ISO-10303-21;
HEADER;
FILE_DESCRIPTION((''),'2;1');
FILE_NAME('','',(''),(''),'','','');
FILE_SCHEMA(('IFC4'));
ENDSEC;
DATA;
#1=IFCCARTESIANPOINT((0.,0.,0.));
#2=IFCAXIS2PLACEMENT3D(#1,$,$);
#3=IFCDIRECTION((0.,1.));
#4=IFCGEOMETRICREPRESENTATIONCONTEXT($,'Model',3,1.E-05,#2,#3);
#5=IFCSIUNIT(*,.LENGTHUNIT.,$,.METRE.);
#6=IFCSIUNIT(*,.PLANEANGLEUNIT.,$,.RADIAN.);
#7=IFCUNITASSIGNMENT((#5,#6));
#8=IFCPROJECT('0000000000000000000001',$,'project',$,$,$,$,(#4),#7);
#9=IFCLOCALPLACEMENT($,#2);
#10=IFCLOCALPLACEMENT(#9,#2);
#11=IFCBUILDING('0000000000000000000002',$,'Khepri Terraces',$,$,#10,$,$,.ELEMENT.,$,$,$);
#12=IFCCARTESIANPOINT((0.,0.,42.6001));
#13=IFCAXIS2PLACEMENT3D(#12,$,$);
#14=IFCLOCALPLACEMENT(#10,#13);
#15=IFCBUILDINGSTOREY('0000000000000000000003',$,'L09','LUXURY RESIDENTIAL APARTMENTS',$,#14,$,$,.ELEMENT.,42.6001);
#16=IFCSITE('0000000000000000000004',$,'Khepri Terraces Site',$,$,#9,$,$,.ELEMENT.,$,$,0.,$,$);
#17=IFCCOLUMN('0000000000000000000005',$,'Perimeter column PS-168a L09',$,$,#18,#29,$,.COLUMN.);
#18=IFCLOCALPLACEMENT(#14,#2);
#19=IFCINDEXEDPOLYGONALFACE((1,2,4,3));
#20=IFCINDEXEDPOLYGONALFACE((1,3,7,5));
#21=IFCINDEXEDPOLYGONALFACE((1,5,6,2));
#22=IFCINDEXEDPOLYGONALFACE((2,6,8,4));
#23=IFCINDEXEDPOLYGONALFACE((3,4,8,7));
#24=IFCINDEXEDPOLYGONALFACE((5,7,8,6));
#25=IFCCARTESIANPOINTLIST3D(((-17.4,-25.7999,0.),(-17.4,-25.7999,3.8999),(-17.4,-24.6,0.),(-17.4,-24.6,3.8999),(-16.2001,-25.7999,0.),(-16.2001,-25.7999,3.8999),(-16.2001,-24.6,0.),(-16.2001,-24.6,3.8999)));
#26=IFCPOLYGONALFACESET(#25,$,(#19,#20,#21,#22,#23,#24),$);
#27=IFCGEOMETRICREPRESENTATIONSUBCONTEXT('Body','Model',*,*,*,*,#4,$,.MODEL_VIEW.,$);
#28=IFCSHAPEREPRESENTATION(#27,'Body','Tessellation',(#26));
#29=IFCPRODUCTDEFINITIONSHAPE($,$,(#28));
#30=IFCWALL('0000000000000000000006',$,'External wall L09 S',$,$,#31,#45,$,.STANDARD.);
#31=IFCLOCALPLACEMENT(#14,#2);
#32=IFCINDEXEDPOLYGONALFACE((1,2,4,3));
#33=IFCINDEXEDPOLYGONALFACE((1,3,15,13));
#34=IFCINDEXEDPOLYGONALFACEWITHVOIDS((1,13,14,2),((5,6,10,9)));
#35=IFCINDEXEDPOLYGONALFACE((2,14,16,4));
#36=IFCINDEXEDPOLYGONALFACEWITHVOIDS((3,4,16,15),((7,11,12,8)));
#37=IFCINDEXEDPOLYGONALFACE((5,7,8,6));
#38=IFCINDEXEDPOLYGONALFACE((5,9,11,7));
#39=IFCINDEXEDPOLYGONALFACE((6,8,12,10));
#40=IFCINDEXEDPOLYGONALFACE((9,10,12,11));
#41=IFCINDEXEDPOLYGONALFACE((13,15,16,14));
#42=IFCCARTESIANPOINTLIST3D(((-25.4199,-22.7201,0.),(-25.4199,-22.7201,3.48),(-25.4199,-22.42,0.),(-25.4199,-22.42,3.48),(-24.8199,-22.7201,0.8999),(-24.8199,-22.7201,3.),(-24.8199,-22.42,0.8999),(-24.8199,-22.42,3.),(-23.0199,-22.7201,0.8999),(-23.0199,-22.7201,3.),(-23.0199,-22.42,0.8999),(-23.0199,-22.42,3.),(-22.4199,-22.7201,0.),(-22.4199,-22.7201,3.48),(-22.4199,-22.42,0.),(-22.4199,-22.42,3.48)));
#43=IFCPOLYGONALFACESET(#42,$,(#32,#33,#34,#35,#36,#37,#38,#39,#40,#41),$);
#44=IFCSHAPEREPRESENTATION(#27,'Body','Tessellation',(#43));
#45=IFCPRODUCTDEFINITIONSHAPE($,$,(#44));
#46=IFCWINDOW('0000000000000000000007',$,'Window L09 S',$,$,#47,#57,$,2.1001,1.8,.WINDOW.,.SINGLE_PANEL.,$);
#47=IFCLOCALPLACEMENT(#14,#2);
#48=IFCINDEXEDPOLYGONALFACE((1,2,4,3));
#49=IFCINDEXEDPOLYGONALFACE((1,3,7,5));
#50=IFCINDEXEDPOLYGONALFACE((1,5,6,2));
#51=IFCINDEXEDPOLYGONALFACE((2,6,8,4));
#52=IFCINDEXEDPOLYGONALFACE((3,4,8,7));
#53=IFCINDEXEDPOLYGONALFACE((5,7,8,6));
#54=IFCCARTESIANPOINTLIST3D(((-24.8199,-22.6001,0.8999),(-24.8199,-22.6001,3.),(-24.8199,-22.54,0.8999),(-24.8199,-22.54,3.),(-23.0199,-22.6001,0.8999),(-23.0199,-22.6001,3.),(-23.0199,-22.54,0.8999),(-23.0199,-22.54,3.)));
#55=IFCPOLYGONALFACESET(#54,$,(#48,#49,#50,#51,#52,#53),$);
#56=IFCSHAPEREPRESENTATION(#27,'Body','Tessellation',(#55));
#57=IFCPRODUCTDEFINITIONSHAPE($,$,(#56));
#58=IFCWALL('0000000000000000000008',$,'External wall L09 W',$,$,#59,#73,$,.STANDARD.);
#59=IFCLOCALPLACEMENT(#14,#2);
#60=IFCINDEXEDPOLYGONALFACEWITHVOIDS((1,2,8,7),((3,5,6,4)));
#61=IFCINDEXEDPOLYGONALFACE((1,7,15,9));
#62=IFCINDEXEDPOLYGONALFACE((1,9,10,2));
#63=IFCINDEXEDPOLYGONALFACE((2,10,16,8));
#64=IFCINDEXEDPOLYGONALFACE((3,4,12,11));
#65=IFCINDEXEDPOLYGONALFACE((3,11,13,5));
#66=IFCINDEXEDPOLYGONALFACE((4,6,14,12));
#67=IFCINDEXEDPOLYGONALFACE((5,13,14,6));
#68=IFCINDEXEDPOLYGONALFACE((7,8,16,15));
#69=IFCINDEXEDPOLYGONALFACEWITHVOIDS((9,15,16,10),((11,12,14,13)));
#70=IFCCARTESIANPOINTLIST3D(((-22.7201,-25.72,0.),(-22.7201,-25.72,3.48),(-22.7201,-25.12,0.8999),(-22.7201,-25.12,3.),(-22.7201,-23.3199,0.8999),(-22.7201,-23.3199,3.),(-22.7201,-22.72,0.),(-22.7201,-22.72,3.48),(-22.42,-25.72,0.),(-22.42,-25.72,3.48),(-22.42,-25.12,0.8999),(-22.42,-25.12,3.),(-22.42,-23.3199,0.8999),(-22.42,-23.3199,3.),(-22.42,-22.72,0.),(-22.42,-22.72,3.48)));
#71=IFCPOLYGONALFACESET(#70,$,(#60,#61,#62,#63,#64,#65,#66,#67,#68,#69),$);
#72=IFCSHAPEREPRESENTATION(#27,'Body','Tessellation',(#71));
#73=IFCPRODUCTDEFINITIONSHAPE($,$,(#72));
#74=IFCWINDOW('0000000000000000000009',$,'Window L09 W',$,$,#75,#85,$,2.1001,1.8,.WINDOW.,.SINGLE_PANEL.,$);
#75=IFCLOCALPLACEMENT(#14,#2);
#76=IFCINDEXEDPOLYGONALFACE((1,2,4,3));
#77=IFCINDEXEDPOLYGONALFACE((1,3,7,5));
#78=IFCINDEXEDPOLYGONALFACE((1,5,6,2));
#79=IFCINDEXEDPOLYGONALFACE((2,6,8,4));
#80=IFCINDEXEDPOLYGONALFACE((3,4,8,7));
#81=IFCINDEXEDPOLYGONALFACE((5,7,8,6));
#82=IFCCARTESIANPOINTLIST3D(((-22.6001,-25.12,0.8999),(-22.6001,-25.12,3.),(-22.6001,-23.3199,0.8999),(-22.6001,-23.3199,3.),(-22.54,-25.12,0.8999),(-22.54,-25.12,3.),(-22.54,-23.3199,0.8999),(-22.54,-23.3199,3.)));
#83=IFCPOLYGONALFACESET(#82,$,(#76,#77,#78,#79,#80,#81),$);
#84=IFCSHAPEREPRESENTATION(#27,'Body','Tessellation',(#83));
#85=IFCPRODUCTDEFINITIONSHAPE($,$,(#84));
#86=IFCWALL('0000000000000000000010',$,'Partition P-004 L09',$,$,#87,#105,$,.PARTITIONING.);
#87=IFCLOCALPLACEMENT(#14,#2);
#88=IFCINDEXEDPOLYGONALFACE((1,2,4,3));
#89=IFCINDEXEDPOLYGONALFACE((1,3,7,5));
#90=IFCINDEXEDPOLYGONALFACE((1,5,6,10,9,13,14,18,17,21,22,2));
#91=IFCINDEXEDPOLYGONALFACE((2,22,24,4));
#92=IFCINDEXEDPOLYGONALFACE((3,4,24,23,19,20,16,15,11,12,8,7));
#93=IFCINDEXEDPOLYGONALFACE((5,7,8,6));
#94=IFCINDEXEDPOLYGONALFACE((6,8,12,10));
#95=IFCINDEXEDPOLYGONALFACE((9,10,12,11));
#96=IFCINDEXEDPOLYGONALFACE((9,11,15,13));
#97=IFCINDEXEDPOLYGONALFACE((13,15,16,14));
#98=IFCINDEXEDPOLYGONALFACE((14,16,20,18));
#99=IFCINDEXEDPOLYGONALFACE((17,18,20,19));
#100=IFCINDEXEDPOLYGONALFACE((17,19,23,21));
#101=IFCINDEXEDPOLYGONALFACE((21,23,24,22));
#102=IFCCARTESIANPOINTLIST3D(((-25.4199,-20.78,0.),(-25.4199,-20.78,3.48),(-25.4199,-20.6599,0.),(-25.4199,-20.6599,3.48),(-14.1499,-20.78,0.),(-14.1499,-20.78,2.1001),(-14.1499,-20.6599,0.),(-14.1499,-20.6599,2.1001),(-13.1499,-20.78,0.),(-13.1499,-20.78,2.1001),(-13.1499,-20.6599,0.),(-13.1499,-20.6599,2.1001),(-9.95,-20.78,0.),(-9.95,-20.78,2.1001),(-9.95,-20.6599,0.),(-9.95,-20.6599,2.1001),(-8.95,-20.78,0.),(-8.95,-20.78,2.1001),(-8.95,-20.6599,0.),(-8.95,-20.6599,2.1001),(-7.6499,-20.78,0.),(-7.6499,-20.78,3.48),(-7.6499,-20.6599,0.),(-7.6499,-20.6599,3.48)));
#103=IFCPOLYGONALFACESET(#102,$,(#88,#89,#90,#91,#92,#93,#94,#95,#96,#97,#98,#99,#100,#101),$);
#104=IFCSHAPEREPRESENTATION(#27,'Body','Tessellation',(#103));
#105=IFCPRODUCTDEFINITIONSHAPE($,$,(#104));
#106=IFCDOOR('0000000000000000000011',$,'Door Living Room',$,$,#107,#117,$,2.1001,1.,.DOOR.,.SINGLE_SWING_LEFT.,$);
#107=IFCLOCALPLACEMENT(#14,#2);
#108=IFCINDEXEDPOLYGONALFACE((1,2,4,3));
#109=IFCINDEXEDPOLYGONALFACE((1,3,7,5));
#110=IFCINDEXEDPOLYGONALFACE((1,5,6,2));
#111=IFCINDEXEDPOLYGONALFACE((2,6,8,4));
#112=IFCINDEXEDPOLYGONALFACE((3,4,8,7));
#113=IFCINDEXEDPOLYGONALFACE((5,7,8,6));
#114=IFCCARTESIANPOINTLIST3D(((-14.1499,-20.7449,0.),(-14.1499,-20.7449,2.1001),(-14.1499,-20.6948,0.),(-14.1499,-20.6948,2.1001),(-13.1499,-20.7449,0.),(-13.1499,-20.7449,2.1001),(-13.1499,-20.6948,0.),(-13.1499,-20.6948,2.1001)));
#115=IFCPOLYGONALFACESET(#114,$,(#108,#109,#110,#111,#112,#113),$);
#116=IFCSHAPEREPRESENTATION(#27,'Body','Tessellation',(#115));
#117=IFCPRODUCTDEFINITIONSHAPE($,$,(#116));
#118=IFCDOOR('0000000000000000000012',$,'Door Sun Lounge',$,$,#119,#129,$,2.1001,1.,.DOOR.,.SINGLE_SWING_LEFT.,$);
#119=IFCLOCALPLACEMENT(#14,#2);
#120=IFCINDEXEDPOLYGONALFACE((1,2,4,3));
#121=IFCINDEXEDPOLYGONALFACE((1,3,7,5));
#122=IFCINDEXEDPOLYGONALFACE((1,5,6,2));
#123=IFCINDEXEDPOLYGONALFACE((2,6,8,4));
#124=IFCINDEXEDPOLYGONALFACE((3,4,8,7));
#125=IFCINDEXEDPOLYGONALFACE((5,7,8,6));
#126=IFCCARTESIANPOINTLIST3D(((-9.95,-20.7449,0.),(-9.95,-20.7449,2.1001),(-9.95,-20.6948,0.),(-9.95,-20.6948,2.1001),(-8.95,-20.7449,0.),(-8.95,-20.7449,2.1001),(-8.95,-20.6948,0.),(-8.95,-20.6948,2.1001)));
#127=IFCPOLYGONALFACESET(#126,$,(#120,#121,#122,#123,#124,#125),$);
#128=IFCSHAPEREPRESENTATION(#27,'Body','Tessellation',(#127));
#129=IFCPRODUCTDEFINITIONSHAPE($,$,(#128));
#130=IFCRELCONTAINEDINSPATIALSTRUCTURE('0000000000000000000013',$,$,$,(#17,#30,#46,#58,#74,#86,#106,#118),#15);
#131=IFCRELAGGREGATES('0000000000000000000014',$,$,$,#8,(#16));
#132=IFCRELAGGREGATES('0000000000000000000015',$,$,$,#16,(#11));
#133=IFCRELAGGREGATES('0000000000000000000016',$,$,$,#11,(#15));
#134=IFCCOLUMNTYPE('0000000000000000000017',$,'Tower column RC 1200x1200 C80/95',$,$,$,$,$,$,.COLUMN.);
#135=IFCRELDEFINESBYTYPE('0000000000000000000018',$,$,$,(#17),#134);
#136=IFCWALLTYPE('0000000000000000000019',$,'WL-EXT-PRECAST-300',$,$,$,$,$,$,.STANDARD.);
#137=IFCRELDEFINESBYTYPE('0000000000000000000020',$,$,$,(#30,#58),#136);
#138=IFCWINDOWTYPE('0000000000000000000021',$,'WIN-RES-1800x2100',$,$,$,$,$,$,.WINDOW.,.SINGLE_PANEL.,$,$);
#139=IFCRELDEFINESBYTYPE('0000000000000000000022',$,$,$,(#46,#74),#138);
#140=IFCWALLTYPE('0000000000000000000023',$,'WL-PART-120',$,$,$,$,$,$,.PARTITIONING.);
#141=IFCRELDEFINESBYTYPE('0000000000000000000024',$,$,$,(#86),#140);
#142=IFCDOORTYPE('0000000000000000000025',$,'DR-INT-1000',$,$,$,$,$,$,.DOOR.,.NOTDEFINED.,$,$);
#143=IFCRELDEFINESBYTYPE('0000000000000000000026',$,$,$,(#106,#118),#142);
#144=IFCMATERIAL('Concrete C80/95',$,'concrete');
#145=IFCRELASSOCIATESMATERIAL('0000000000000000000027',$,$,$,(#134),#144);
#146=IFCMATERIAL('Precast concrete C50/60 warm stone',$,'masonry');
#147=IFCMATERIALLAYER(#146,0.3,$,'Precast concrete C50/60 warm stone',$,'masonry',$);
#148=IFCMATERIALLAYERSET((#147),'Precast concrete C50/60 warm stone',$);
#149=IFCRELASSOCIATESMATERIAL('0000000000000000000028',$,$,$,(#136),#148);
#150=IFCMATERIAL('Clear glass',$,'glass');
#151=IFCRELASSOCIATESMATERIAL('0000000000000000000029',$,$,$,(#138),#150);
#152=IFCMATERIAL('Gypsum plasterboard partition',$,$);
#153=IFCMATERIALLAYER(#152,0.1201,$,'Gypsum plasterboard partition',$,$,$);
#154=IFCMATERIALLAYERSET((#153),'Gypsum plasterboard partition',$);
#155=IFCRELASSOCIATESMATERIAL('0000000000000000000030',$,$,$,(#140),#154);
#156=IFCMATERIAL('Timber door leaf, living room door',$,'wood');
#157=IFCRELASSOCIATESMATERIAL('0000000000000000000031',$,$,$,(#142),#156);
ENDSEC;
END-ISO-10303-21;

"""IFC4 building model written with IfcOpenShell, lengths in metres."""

from ifc_helpers import new_model, si_unit, direction, frame, frame_2d, origin, origin_2d, place, context, subcontext, project, spatial, rectangle, extrude, material, layer, layer_set, material_profile, profile_set, type_object, element, fill, save


model = new_model("IFC4")

# Units and contexts
model_context = context("Model", 3, precision=1e-05, world=origin(), true_north=direction((0.0, 1.0)))
body_context = subcontext(model_context, "Body", "Model", "MODEL_VIEW")
ifc_project = project(units=[si_unit("LENGTHUNIT", "METRE"), si_unit("PLANEANGLEUNIT", "RADIAN")], contexts=[model_context])

# Site, building, storey
site_placement = place(None, origin())
site = spatial("IfcSite", under=ifc_project, at=site_placement, Name="Khepri Terraces Site", CompositionType="ELEMENT", RefElevation=0.0)
building_placement = place(site_placement, origin())
building = spatial("IfcBuilding", under=site, at=building_placement, Name="Khepri Terraces", CompositionType="ELEMENT")
storey_placement = place(building_placement, frame((0.0, 0.0, 42.6001)))
storey = spatial("IfcBuildingStorey", under=building, at=storey_placement, Name="L09", Description="LUXURY RESIDENTIAL APARTMENTS", CompositionType="ELEMENT", Elevation=42.6001)

# Column
ifc_material_1 = material(Name="Concrete C80/95", Category="concrete")
ifc_material_profile = material_profile(ifc_material_1, rectangle(XDim=1.2, YDim=1.2, at=origin_2d()), Name="Concrete C80/95", Category="concrete")
ifc_profile_set = profile_set([ifc_material_profile], Name="Concrete C80/95")
column_type = type_object("IfcColumnType", Name="Tower column RC 1200x1200 C80/95", PredefinedType="COLUMN", material=ifc_profile_set)
column_placement = place(storey_placement, frame((-16.8, -25.2, 0.0), z_axis=(0.0, 0.0, 1.0), x_axis=(1.0, 0.0, 0.0)))
element("IfcColumn", 1, at=column_placement, inside=storey, type_object=column_type, Name="Perimeter column PS-168a L09", PredefinedType="COLUMN", context=body_context, shape_type="SweptSolid", body=[
    extrude(rectangle(XDim=1.2, YDim=1.2, at=origin_2d()), origin(), (0.0, 0.0, 1.0), 3.8999),
])

# Walls, openings, windows
ifc_material_2 = material(Name="Precast concrete C50/60 warm stone", Category="masonry")
ifc_layer_1 = layer(ifc_material_2, 0.3, Name="Precast concrete C50/60 warm stone", Category="masonry")
ifc_layer_set_1 = layer_set([ifc_layer_1], Name="Precast concrete C50/60 warm stone")
wall_type_1 = type_object("IfcWallType", Name="WL-EXT-PRECAST-300", PredefinedType="STANDARD", material=ifc_layer_set_1)
wall_1_placement = place(storey_placement, frame((-25.4199, -22.5701, 0.0), z_axis=(0.0, 0.0, 1.0), x_axis=(1.0, 0.0, 0.0)))
wall_1 = element("IfcWall", 2, at=wall_1_placement, inside=storey, type_object=wall_type_1, Name="External wall L09 S", PredefinedType="STANDARD", context=body_context, shape_type="SweptSolid", body=[
    extrude(rectangle(XDim=3.0, YDim=0.3, at=frame_2d((1.5, 0.0))), origin(), (0.0, 0.0, 1.0), 3.48),
])
opening_1_placement = place(wall_1_placement, frame((0.6001, 0.0, 0.8999)))
opening_1 = element("IfcOpeningElement", 3, at=opening_1_placement, cuts=wall_1, PredefinedType="OPENING", context=body_context, shape_type="SweptSolid", body=[
    extrude(rectangle(XDim=1.8, YDim=2.1001, at=frame_2d((0.8999, 1.05))), frame((0.0, 0.1602, 0.0), z_axis=(0.0, -1.0, 0.0), x_axis=(1.0, 0.0, 0.0)), (0.0, 0.0, 1.0), 0.3201),
])
ifc_material_3 = material(Name="Clear glass", Category="glass")
window_type = type_object("IfcWindowType", Name="WIN-RES-1800x2100", PartitioningType="SINGLE_PANEL", PredefinedType="WINDOW", material=ifc_material_3)
window_1_placement = place(opening_1_placement, origin())
window_1 = element("IfcWindow", 4, at=window_1_placement, inside=storey, type_object=window_type, Name="Window L09 S", OverallHeight=2.1001, OverallWidth=1.8, PartitioningType="SINGLE_PANEL", PredefinedType="WINDOW", context=body_context, shape_type="SweptSolid", body=[
    extrude(rectangle(XDim=1.8, YDim=2.1001, at=frame_2d((0.8999, 1.05))), frame((0.0, 0.03, 0.0), z_axis=(0.0, -1.0, 0.0), x_axis=(1.0, 0.0, 0.0)), (0.0, 0.0, 1.0), 0.0601),
])
fill(opening_1, window_1)
wall_2_placement = place(storey_placement, frame((-22.5701, -22.72, 0.0), z_axis=(0.0, 0.0, 1.0), x_axis=(0.0, -1.0, 0.0)))
wall_2 = element("IfcWall", 5, at=wall_2_placement, inside=storey, type_object=wall_type_1, Name="External wall L09 W", PredefinedType="STANDARD", context=body_context, shape_type="SweptSolid", body=[
    extrude(rectangle(XDim=3.0, YDim=0.3, at=frame_2d((1.5, 0.0))), origin(), (0.0, 0.0, 1.0), 3.48),
])
opening_2_placement = place(wall_2_placement, frame((0.6001, 0.0, 0.8999)))
opening_2 = element("IfcOpeningElement", 6, at=opening_2_placement, cuts=wall_2, PredefinedType="OPENING", context=body_context, shape_type="SweptSolid", body=[
    extrude(rectangle(XDim=1.8, YDim=2.1001, at=frame_2d((0.8999, 1.05))), frame((0.0, 0.1602, 0.0), z_axis=(0.0, -1.0, 0.0), x_axis=(1.0, 0.0, 0.0)), (0.0, 0.0, 1.0), 0.3201),
])
window_2_placement = place(opening_2_placement, origin())
window_2 = element("IfcWindow", 7, at=window_2_placement, inside=storey, type_object=window_type, Name="Window L09 W", OverallHeight=2.1001, OverallWidth=1.8, PartitioningType="SINGLE_PANEL", PredefinedType="WINDOW", context=body_context, shape_type="SweptSolid", body=[
    extrude(rectangle(XDim=1.8, YDim=2.1001, at=frame_2d((0.8999, 1.05))), frame((0.0, 0.03, 0.0), z_axis=(0.0, -1.0, 0.0), x_axis=(1.0, 0.0, 0.0)), (0.0, 0.0, 1.0), 0.0601),
])
fill(opening_2, window_2)

# Wall, openings, doors
ifc_material_4 = material(Name="Gypsum plasterboard partition")
ifc_layer_2 = layer(ifc_material_4, 0.1201, Name="Gypsum plasterboard partition")
ifc_layer_set_2 = layer_set([ifc_layer_2], Name="Gypsum plasterboard partition")
wall_type_2 = type_object("IfcWallType", Name="WL-PART-120", PredefinedType="PARTITIONING", material=ifc_layer_set_2)
wall_3_placement = place(storey_placement, frame((-25.4199, -20.72, 0.0), z_axis=(0.0, 0.0, 1.0), x_axis=(1.0, 0.0, 0.0)))
wall_3 = element("IfcWall", 8, at=wall_3_placement, inside=storey, type_object=wall_type_2, Name="Partition P-004 L09", PredefinedType="PARTITIONING", context=body_context, shape_type="SweptSolid", body=[
    extrude(rectangle(XDim=17.77, YDim=0.1201, at=frame_2d((8.885, 0.0))), origin(), (0.0, 0.0, 1.0), 3.48),
])
opening_3_placement = place(wall_3_placement, frame((11.27, 0.0, 0.0)))
opening_3 = element("IfcOpeningElement", 9, at=opening_3_placement, cuts=wall_3, PredefinedType="OPENING", context=body_context, shape_type="SweptSolid", body=[
    extrude(rectangle(XDim=1.0, YDim=2.1001, at=frame_2d((0.5, 1.05))), frame((0.0, 0.0701, 0.0), z_axis=(0.0, -1.0, 0.0), x_axis=(1.0, 0.0, 0.0)), (0.0, 0.0, 1.0), 0.1401),
])
opening_4_placement = place(wall_3_placement, frame((15.47, 0.0, 0.0)))
opening_4 = element("IfcOpeningElement", 10, at=opening_4_placement, cuts=wall_3, PredefinedType="OPENING", context=body_context, shape_type="SweptSolid", body=[
    extrude(rectangle(XDim=1.0, YDim=2.1001, at=frame_2d((0.5, 1.05))), frame((0.0, 0.0701, 0.0), z_axis=(0.0, -1.0, 0.0), x_axis=(1.0, 0.0, 0.0)), (0.0, 0.0, 1.0), 0.1401),
])
ifc_material_5 = material(Name="Timber door leaf, living room door", Category="wood")
door_type_1 = type_object("IfcDoorType", Name="DR-INT-1000", OperationType="NOTDEFINED", PredefinedType="DOOR", material=ifc_material_5)
door_1_placement = place(opening_3_placement, frame((1.0, 0.0, 0.0), z_axis=(0.0, 0.0, 1.0), x_axis=(-1.0, 0.0, 0.0)))
door_1 = element("IfcDoor", 11, at=door_1_placement, inside=storey, type_object=door_type_1, Name="Door Living Room", OperationType="SINGLE_SWING_LEFT", OverallHeight=2.1001, OverallWidth=1.0, PredefinedType="DOOR", context=body_context, shape_type="SweptSolid", body=[
    extrude(rectangle(XDim=1.0, YDim=2.1001, at=frame_2d((0.5, 1.05))), frame((0.0, 0.0249, 0.0), z_axis=(0.0, -1.0, 0.0), x_axis=(1.0, 0.0, 0.0)), (0.0, 0.0, 1.0), 0.05),
])
fill(opening_3, door_1)
door_2_placement = place(opening_4_placement, frame((1.0, 0.0, 0.0), z_axis=(0.0, 0.0, 1.0), x_axis=(-1.0, 0.0, 0.0)))
door_2 = element("IfcDoor", 12, at=door_2_placement, inside=storey, type_object=door_type_1, Name="Door Sun Lounge", OperationType="SINGLE_SWING_LEFT", OverallHeight=2.1001, OverallWidth=1.0, PredefinedType="DOOR", context=body_context, shape_type="SweptSolid", body=[
    extrude(rectangle(XDim=1.0, YDim=2.1001, at=frame_2d((0.5, 1.05))), frame((0.0, 0.0249, 0.0), z_axis=(0.0, -1.0, 0.0), x_axis=(1.0, 0.0, 0.0)), (0.0, 0.0, 1.0), 0.05),
])
fill(opening_4, door_2)

save(model, "model.ifc")
